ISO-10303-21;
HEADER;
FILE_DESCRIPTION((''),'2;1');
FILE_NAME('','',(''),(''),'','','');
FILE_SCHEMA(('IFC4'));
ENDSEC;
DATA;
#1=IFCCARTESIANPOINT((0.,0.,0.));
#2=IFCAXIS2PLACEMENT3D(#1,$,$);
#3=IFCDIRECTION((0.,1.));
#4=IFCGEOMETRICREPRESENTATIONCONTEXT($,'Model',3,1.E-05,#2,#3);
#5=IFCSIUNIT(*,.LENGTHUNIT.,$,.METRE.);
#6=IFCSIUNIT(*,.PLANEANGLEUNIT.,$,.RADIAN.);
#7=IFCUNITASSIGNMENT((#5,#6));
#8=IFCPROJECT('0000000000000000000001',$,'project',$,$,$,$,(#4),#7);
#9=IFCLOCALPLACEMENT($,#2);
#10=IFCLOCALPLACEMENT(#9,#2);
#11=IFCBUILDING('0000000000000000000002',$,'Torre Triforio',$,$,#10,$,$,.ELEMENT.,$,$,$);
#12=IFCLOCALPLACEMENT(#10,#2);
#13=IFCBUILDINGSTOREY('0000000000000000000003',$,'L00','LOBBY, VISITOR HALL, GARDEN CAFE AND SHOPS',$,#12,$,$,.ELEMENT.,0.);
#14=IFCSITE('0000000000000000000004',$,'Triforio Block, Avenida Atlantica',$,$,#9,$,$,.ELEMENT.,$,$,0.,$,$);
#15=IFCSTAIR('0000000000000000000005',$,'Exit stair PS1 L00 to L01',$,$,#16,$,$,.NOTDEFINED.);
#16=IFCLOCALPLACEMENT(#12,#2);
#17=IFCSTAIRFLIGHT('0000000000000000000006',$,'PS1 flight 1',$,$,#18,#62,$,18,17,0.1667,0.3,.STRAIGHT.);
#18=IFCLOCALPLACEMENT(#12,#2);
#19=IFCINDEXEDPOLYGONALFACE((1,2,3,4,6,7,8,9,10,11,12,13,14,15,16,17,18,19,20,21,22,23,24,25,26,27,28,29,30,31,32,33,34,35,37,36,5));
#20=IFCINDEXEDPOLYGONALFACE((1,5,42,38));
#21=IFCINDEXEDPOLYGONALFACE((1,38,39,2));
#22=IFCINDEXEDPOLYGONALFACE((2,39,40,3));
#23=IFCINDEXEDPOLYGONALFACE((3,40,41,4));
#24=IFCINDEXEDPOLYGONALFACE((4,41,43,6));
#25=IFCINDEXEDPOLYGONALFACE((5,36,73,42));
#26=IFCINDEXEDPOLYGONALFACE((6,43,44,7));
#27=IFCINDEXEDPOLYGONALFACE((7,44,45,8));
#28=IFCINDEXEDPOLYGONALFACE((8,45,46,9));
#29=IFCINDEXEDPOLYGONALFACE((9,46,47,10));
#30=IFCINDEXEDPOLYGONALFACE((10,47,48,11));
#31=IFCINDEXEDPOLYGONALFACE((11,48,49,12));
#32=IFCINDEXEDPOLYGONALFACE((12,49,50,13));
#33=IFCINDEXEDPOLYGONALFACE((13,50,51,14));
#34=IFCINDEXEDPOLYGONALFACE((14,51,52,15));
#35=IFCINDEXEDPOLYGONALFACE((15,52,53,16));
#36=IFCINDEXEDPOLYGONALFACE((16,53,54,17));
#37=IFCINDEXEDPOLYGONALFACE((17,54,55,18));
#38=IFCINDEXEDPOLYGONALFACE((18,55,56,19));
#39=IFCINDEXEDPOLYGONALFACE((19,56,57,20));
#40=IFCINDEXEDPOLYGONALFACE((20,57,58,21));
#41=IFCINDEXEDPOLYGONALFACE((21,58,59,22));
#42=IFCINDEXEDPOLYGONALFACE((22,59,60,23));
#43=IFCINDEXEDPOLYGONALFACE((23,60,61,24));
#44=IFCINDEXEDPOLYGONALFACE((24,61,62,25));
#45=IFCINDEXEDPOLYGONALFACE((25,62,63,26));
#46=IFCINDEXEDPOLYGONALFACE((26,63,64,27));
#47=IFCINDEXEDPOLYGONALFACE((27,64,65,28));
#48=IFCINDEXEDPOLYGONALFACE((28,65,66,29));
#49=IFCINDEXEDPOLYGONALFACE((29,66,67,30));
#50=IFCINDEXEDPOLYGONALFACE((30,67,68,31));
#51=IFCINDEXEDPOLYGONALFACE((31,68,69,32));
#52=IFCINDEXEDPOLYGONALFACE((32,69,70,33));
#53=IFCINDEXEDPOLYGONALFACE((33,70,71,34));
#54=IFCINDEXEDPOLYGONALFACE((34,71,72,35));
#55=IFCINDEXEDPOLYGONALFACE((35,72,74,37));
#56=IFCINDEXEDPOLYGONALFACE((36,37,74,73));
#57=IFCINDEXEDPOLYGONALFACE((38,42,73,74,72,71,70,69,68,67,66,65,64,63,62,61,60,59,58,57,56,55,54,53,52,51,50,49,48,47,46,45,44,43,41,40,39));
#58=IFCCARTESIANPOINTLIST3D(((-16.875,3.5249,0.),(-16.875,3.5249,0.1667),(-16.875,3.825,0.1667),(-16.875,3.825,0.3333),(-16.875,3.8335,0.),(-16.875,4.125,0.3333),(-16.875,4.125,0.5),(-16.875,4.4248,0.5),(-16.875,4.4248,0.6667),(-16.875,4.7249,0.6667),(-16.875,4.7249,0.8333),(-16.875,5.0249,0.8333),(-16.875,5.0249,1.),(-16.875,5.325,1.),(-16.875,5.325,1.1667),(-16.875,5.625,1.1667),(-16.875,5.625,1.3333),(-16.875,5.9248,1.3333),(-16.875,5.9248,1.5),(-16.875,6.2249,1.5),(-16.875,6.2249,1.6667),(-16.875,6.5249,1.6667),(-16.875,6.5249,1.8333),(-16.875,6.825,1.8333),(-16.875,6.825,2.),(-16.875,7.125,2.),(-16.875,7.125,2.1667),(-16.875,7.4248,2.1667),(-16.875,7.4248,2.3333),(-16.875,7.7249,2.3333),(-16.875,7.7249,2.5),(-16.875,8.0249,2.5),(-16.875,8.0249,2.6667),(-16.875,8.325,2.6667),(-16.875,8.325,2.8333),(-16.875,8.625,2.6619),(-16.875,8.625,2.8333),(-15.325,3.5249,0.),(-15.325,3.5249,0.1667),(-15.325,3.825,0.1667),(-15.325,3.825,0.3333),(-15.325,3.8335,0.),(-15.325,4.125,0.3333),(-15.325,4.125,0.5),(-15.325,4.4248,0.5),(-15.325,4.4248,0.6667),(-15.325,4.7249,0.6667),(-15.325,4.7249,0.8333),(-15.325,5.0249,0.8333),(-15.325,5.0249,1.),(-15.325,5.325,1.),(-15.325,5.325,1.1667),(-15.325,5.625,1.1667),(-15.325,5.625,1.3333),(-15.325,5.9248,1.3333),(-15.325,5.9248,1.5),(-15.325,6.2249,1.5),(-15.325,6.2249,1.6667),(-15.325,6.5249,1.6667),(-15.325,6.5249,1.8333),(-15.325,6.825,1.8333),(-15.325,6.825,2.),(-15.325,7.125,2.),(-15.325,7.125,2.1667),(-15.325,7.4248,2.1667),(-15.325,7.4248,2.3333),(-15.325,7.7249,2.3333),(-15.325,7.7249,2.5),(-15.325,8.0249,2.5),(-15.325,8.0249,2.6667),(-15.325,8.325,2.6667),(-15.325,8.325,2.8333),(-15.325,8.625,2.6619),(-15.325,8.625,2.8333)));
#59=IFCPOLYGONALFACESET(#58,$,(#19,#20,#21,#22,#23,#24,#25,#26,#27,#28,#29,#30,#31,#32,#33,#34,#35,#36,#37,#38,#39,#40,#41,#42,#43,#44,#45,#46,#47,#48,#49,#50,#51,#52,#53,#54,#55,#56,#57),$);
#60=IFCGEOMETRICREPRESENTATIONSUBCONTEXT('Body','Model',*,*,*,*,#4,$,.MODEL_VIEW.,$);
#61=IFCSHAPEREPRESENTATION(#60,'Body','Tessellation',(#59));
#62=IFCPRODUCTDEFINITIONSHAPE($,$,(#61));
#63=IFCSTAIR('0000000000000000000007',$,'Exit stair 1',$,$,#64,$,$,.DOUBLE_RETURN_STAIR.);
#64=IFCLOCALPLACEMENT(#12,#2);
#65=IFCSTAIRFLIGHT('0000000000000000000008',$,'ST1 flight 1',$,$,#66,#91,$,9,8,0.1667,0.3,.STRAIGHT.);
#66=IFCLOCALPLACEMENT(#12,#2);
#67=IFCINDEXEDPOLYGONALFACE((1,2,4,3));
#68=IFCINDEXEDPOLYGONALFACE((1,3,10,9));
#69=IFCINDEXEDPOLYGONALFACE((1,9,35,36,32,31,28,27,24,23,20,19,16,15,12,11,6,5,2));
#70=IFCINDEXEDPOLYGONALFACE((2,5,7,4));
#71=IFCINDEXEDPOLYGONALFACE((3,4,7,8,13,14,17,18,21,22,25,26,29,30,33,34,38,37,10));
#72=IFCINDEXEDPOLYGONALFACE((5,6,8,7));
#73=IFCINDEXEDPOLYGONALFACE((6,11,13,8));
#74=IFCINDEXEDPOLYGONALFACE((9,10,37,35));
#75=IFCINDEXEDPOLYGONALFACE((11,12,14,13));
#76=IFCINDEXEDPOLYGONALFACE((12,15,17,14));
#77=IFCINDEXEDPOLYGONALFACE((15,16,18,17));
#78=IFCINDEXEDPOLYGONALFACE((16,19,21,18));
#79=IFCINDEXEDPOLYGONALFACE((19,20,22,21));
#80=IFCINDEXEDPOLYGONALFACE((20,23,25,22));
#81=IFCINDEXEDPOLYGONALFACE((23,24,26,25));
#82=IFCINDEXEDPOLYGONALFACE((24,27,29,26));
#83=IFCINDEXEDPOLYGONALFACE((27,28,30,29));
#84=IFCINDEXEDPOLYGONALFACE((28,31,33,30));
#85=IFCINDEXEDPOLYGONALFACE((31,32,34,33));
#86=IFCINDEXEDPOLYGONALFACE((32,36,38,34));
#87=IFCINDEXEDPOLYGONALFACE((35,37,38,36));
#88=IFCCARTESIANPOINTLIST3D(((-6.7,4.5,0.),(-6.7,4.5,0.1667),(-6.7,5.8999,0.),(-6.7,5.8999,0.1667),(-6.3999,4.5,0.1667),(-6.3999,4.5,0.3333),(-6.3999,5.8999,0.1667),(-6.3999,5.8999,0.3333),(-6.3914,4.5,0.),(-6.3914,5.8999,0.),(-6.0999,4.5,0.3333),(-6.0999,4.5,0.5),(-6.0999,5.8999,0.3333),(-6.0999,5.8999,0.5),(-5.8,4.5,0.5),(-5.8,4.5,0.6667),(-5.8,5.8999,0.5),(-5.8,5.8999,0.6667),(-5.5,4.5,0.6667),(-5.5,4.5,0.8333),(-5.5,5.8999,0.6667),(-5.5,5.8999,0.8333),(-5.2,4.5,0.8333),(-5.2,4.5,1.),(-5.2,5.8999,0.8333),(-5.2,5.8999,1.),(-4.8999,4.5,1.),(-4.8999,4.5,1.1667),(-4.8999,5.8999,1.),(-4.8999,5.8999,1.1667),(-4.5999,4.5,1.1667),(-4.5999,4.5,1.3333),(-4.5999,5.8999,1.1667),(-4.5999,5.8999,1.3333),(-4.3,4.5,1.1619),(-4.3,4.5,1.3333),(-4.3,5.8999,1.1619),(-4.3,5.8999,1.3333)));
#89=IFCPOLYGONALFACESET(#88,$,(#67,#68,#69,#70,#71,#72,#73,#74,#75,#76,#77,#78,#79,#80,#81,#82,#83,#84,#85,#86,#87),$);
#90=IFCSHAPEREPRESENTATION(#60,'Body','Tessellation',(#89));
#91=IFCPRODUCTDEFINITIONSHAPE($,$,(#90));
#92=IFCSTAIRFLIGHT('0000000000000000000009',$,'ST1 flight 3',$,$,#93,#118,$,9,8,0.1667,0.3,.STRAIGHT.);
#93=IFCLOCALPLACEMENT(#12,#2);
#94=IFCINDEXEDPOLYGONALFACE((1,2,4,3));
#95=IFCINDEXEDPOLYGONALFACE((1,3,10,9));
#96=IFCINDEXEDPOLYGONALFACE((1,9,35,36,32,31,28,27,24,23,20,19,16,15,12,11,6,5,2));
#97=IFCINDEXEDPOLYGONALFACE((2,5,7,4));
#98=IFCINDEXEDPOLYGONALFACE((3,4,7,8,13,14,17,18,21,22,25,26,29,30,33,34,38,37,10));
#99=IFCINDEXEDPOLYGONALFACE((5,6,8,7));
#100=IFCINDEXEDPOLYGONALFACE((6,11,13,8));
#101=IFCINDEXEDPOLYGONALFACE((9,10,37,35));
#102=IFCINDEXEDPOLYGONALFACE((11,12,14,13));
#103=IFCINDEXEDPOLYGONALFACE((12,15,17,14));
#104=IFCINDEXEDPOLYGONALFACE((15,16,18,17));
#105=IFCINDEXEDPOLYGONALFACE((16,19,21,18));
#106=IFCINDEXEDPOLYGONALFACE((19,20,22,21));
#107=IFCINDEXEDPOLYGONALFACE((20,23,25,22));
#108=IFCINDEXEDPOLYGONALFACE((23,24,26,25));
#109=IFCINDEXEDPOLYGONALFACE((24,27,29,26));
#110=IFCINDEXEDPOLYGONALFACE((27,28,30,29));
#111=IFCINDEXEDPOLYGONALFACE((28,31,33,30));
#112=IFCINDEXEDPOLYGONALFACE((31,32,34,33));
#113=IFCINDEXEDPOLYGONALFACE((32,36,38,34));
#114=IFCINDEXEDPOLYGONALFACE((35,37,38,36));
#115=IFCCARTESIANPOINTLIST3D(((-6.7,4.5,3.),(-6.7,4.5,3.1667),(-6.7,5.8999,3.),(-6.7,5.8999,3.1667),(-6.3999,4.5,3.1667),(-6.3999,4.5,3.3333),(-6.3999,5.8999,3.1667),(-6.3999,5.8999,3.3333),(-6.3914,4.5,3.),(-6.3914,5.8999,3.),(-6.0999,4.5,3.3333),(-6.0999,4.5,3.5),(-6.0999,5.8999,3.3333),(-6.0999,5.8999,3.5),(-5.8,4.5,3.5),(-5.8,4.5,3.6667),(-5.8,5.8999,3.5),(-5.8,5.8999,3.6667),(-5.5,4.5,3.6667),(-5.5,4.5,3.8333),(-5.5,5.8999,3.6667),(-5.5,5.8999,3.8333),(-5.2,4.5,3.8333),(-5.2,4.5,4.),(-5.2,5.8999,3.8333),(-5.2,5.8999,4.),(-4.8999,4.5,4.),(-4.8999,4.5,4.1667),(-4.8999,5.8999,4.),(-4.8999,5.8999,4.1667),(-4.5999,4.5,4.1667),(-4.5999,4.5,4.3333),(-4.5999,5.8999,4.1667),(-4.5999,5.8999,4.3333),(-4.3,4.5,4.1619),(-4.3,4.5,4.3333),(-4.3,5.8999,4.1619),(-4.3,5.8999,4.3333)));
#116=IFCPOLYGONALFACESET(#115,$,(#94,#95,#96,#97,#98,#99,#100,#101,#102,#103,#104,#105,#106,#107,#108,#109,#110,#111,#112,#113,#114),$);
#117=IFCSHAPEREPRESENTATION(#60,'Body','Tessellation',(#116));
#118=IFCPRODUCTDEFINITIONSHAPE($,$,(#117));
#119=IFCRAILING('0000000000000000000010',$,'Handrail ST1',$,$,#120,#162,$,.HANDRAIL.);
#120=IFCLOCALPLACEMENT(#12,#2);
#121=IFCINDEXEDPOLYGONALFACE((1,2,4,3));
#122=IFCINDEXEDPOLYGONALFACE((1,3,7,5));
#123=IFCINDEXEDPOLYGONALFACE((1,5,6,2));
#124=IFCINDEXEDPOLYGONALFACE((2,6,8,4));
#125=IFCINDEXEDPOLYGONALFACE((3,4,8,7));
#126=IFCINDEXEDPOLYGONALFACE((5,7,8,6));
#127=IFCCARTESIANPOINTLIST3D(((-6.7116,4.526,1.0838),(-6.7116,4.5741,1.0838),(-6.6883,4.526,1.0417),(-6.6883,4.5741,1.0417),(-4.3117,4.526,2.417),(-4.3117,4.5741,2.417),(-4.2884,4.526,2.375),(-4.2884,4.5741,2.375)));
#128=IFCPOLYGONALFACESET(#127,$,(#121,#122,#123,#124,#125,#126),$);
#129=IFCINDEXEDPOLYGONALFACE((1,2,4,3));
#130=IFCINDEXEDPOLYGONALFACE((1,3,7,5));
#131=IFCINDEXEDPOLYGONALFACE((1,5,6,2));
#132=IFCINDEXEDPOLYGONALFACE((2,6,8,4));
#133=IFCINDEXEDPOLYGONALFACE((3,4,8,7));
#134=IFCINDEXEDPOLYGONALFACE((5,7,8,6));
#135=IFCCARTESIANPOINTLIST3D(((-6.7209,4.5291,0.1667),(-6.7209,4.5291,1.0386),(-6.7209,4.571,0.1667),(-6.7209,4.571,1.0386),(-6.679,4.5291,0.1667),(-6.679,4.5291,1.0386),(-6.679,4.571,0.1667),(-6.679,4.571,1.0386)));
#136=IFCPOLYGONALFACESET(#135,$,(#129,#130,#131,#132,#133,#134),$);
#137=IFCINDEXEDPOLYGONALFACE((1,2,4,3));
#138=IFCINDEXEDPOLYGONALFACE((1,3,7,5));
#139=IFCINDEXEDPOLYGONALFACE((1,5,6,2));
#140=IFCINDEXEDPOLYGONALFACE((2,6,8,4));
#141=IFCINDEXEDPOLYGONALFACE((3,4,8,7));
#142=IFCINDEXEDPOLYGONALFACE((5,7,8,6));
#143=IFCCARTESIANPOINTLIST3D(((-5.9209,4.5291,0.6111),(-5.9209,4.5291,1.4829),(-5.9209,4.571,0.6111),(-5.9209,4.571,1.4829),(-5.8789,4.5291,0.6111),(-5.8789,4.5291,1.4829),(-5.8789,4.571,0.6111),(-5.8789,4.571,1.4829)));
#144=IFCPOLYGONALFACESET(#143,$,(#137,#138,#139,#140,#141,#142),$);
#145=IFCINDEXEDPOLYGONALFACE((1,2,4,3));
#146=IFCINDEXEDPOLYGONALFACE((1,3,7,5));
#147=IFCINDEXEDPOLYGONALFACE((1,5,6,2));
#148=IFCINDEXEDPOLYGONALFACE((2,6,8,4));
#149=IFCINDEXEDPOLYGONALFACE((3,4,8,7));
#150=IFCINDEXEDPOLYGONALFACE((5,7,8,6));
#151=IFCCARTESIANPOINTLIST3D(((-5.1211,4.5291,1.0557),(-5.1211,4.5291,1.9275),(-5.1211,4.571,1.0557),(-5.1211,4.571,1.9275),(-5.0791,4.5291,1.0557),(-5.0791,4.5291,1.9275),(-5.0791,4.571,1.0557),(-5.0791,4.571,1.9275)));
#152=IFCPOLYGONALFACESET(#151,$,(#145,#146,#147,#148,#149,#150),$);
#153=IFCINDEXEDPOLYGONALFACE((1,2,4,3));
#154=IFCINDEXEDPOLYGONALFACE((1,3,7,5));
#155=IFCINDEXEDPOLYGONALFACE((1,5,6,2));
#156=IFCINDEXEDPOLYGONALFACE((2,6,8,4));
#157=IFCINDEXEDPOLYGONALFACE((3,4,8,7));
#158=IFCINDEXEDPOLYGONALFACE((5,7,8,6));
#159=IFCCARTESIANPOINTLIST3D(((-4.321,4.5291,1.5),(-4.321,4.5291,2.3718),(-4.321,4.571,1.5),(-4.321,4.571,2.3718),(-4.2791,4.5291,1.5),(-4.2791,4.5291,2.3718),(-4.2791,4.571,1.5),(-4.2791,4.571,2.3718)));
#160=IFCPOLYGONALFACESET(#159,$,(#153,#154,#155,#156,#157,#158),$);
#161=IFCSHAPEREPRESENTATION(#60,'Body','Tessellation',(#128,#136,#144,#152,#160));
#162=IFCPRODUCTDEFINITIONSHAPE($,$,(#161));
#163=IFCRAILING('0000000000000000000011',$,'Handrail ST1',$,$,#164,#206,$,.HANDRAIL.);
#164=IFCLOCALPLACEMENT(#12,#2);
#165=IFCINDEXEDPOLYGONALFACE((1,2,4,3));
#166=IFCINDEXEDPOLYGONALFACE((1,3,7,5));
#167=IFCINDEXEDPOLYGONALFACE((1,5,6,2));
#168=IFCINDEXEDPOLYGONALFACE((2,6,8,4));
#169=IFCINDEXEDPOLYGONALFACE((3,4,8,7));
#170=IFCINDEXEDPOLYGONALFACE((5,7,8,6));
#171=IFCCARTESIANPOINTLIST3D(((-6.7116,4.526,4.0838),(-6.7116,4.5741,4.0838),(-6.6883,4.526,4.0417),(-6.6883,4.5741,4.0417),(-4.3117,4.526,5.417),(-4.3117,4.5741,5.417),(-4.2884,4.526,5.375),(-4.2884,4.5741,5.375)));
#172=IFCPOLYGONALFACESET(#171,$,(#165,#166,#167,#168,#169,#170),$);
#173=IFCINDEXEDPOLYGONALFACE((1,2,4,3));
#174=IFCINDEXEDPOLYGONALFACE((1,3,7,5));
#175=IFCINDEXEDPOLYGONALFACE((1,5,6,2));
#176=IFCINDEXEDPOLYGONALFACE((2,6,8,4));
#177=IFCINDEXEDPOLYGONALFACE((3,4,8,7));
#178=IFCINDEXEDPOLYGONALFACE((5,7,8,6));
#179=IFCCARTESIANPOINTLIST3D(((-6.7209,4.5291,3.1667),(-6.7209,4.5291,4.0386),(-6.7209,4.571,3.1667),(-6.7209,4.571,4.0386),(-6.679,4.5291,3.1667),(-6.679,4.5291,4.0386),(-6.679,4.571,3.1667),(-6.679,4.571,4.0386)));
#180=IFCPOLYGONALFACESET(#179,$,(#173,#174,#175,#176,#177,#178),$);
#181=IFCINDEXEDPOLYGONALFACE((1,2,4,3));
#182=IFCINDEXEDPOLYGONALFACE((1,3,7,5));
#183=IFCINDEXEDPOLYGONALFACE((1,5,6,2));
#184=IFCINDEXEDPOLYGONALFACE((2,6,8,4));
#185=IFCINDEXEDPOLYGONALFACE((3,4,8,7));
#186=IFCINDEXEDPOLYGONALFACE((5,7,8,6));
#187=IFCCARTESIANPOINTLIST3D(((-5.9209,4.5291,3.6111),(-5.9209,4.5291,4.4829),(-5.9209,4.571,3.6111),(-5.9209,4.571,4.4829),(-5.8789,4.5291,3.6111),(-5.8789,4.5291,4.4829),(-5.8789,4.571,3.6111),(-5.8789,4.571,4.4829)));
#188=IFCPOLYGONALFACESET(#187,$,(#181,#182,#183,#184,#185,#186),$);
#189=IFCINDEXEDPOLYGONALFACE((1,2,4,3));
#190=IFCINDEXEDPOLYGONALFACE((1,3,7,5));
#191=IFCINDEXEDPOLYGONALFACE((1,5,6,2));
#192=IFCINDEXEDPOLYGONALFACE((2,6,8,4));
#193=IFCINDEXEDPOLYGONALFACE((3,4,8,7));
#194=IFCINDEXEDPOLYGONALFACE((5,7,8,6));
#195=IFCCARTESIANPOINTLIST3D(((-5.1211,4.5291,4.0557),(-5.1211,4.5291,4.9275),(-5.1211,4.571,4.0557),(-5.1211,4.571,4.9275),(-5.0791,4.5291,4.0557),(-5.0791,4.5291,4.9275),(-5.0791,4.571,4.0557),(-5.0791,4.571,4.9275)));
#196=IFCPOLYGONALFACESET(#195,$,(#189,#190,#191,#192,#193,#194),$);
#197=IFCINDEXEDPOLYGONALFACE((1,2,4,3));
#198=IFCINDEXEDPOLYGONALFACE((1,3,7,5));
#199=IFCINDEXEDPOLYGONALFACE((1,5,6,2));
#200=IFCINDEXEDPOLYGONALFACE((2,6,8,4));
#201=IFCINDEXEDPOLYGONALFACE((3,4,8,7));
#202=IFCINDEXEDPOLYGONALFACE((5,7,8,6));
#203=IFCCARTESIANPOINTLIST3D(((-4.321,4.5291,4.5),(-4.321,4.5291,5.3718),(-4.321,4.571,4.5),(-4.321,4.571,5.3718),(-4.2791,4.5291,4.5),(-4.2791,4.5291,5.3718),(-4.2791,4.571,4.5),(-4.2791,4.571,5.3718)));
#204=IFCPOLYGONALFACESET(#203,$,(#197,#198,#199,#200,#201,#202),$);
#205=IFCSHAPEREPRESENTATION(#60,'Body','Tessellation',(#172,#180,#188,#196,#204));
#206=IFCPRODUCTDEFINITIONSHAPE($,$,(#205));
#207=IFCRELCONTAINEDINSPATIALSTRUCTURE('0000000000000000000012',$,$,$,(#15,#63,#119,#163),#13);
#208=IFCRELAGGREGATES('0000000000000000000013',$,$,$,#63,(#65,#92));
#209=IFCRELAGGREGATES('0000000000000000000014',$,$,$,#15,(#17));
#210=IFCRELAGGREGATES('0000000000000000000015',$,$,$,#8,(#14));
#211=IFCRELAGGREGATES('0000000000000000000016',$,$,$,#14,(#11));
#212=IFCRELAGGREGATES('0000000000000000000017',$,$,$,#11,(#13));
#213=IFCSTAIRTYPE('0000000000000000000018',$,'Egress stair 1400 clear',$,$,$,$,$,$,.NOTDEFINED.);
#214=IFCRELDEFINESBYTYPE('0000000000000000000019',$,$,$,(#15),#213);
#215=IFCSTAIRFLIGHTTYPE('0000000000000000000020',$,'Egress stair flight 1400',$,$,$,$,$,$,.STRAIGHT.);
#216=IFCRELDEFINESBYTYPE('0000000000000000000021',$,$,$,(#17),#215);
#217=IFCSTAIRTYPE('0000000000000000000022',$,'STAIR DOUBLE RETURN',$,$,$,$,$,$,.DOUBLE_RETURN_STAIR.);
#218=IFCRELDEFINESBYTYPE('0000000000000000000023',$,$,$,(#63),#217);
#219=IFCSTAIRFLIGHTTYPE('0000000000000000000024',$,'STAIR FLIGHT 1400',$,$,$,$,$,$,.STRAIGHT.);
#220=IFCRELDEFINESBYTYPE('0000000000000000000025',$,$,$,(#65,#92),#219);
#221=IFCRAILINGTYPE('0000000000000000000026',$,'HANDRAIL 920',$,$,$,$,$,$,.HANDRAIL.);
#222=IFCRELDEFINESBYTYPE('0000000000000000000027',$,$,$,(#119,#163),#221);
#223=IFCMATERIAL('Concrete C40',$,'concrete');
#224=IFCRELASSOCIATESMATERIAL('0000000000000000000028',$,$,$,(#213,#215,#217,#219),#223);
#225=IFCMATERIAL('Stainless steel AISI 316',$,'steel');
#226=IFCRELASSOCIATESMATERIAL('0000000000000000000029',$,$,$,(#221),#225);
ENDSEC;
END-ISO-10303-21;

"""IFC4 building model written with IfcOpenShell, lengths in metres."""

from ifc_helpers import new_model, si_unit, direction, frame, origin, origin_2d, place, context, subcontext, project, spatial, polyline, rectangle, outline, extrude, material, type_object, element, aggregate, save


model = new_model("IFC4")

# Units and contexts
model_context = context("Model", 3, precision=1e-05, world=origin(), true_north=direction((0.0, 1.0)))
body_context = subcontext(model_context, "Body", "Model", "MODEL_VIEW")
ifc_project = project(units=[si_unit("LENGTHUNIT", "METRE"), si_unit("PLANEANGLEUNIT", "RADIAN")], contexts=[model_context])

# Site, building, storey
site_placement = place(None, origin())
site = spatial("IfcSite", under=ifc_project, at=site_placement, Name="Triforio Block, Avenida Atlantica", CompositionType="ELEMENT", RefElevation=0.0)
building_placement = place(site_placement, origin())
building = spatial("IfcBuilding", under=site, at=building_placement, Name="Torre Triforio", CompositionType="ELEMENT")
storey_placement = place(building_placement, origin())
storey = spatial("IfcBuildingStorey", under=building, at=storey_placement, Name="L00", Description="LOBBY, VISITOR HALL, GARDEN CAFE AND SHOPS", CompositionType="ELEMENT", Elevation=0.0)

# Shared definitions
ifc_material_1 = material(Name="Concrete C40", Category="concrete")

# Stair, stair flight
stair_type_1 = type_object("IfcStairType", Name="Egress stair 1400 clear", PredefinedType="NOTDEFINED", material=ifc_material_1)
stair_1_placement = place(storey_placement, origin())
stair_1 = element("IfcStair", 1, at=stair_1_placement, inside=storey, type_object=stair_type_1, Name="Exit stair PS1 L00 to L01", PredefinedType="NOTDEFINED")
stair_flight_type_1 = type_object("IfcStairFlightType", Name="Egress stair flight 1400", PredefinedType="STRAIGHT", material=ifc_material_1)
stair_flight_1_placement = place(storey_placement, frame((-16.1001, 3.5249, 0.0), z_axis=(0.0, 0.0, 1.0), x_axis=(0.0, 1.0, 0.0)))
stair_flight_1 = element("IfcStairFlight", 2, at=stair_flight_1_placement, type_object=stair_flight_type_1, Name="PS1 flight 1", NumberOfRisers=18, NumberOfTreads=17, PredefinedType="STRAIGHT", RiserHeight=0.1667, TreadLength=0.3, context=body_context, shape_type="SweptSolid", body=[
    extrude(outline(polyline([(0.0, 0.0), (0.0, 0.1667), (0.3, 0.1667), (0.3, 0.3333), (0.6001, 0.3333), (0.6001, 0.5), (0.8999, 0.5), (0.8999, 0.6667), (1.2, 0.6667), (1.2, 0.8333), (1.5, 0.8333), (1.5, 1.0), (1.8, 1.0), (1.8, 1.1667), (2.1001, 1.1667), (2.1001, 1.3333), (2.3999, 1.3333), (2.3999, 1.5), (2.7, 1.5), (2.7, 1.6667), (3.0, 1.6667), (3.0, 1.8333), (3.3, 1.8333), (3.3, 2.0), (3.6001, 2.0), (3.6001, 2.1667), (3.8999, 2.1667), (3.8999, 2.3333), (4.2, 2.3333), (4.2, 2.5), (4.5, 2.5), (4.5, 2.6667), (4.8, 2.6667), (4.8, 2.8333), (5.1001, 2.8333), (5.1001, 3.0), (5.1001, 2.6619), (0.3086, 0.0), (0.0, 0.0)])), frame((0.0, 0.7749, 0.0), z_axis=(0.0, -1.0, 0.0), x_axis=(1.0, 0.0, 0.0)), (0.0, 0.0, 1.0), 1.55),
])

# Stair, stair flights
stair_type_2 = type_object("IfcStairType", Name="STAIR DOUBLE RETURN", PredefinedType="DOUBLE_RETURN_STAIR", material=ifc_material_1)
stair_2_placement = place(storey_placement, origin())
stair_2 = element("IfcStair", 3, at=stair_2_placement, inside=storey, type_object=stair_type_2, Name="Exit stair 1", PredefinedType="DOUBLE_RETURN_STAIR")
stair_flight_type_2 = type_object("IfcStairFlightType", Name="STAIR FLIGHT 1400", PredefinedType="STRAIGHT", material=ifc_material_1)
stair_flight_2_placement = place(storey_placement, frame((-6.7, 5.2, 0.0), z_axis=(0.0, 0.0, 1.0), x_axis=(1.0, 0.0, 0.0)))
stair_flight_2 = element("IfcStairFlight", 4, at=stair_flight_2_placement, type_object=stair_flight_type_2, Name="ST1 flight 1", NumberOfRisers=9, NumberOfTreads=8, PredefinedType="STRAIGHT", RiserHeight=0.1667, TreadLength=0.3, context=body_context, shape_type="SweptSolid", body=[
    extrude(outline(polyline([(0.0, 0.0), (0.0, 0.1667), (0.3, 0.1667), (0.3, 0.3333), (0.6001, 0.3333), (0.6001, 0.5), (0.8999, 0.5), (0.8999, 0.6667), (1.2, 0.6667), (1.2, 0.8333), (1.5, 0.8333), (1.5, 1.0), (1.8, 1.0), (1.8, 1.1667), (2.1001, 1.1667), (2.1001, 1.3333), (2.3999, 1.3333), (2.3999, 1.5), (2.3999, 1.1619), (0.3086, 0.0), (0.0, 0.0)])), frame((0.0, 0.7, 0.0), z_axis=(0.0, -1.0, 0.0), x_axis=(1.0, 0.0, 0.0)), (0.0, 0.0, 1.0), 1.3999),
])
stair_flight_3_placement = place(storey_placement, frame((-6.7, 5.2, 3.0), z_axis=(0.0, 0.0, 1.0), x_axis=(1.0, 0.0, 0.0)))
stair_flight_3 = element("IfcStairFlight", 5, at=stair_flight_3_placement, type_object=stair_flight_type_2, Name="ST1 flight 3", NumberOfRisers=9, NumberOfTreads=8, PredefinedType="STRAIGHT", RiserHeight=0.1667, TreadLength=0.3, context=body_context, shape_type="SweptSolid", body=[
    extrude(outline(polyline([(0.0, 0.0), (0.0, 0.1667), (0.3, 0.1667), (0.3, 0.3333), (0.6001, 0.3333), (0.6001, 0.5), (0.8999, 0.5), (0.8999, 0.6667), (1.2, 0.6667), (1.2, 0.8333), (1.5, 0.8333), (1.5, 1.0), (1.8, 1.0), (1.8, 1.1667), (2.1001, 1.1667), (2.1001, 1.3333), (2.3999, 1.3333), (2.3999, 1.5), (2.3999, 1.1619), (0.3086, 0.0), (0.0, 0.0)])), frame((0.0, 0.7, 0.0), z_axis=(0.0, -1.0, 0.0), x_axis=(1.0, 0.0, 0.0)), (0.0, 0.0, 1.0), 1.3999),
])
aggregate(stair_2, [stair_flight_2, stair_flight_3])

# Railings
ifc_material_2 = material(Name="Stainless steel AISI 316", Category="steel")
railing_type_1 = type_object("IfcRailingType", Name="HANDRAIL 920", PredefinedType="HANDRAIL", material=ifc_material_2)
for number, where, name in (
    (6, (-6.7, 4.55, 0.1667), "Handrail ST1"),
    (7, (-6.7, 4.55, 3.1667), "Handrail ST1"),
):
    element("IfcRailing", number, at=place(storey_placement, frame(where)), inside=storey, type_object=railing_type_1, Name=name, PredefinedType="HANDRAIL", context=body_context, shape_type="SweptSolid", body=[
        extrude(rectangle(XDim=0.0481, YDim=0.0481, at=origin_2d()), frame((0.0, 0.0, 0.896), z_axis=(0.874161, 0.0, 0.485635), x_axis=(0.0, 1.0, 0.0)), (0.0, 0.0, 1.0), 2.7454),
        extrude(rectangle(XDim=0.042, YDim=0.042, at=origin_2d()), origin(), (0.0, 0.0, 1.0), 0.8718),
        extrude(rectangle(XDim=0.042, YDim=0.042, at=origin_2d()), frame((0.8, 0.0, 0.4443)), (0.0, 0.0, 1.0), 0.8718),
        extrude(rectangle(XDim=0.042, YDim=0.042, at=origin_2d()), frame((1.5999, 0.0, 0.8889)), (0.0, 0.0, 1.0), 0.8718),
        extrude(rectangle(XDim=0.042, YDim=0.042, at=origin_2d()), frame((2.3999, 0.0, 1.3333)), (0.0, 0.0, 1.0), 0.8718),
    ])

aggregate(stair_1, [stair_flight_1])

save(model, "model.ifc")
